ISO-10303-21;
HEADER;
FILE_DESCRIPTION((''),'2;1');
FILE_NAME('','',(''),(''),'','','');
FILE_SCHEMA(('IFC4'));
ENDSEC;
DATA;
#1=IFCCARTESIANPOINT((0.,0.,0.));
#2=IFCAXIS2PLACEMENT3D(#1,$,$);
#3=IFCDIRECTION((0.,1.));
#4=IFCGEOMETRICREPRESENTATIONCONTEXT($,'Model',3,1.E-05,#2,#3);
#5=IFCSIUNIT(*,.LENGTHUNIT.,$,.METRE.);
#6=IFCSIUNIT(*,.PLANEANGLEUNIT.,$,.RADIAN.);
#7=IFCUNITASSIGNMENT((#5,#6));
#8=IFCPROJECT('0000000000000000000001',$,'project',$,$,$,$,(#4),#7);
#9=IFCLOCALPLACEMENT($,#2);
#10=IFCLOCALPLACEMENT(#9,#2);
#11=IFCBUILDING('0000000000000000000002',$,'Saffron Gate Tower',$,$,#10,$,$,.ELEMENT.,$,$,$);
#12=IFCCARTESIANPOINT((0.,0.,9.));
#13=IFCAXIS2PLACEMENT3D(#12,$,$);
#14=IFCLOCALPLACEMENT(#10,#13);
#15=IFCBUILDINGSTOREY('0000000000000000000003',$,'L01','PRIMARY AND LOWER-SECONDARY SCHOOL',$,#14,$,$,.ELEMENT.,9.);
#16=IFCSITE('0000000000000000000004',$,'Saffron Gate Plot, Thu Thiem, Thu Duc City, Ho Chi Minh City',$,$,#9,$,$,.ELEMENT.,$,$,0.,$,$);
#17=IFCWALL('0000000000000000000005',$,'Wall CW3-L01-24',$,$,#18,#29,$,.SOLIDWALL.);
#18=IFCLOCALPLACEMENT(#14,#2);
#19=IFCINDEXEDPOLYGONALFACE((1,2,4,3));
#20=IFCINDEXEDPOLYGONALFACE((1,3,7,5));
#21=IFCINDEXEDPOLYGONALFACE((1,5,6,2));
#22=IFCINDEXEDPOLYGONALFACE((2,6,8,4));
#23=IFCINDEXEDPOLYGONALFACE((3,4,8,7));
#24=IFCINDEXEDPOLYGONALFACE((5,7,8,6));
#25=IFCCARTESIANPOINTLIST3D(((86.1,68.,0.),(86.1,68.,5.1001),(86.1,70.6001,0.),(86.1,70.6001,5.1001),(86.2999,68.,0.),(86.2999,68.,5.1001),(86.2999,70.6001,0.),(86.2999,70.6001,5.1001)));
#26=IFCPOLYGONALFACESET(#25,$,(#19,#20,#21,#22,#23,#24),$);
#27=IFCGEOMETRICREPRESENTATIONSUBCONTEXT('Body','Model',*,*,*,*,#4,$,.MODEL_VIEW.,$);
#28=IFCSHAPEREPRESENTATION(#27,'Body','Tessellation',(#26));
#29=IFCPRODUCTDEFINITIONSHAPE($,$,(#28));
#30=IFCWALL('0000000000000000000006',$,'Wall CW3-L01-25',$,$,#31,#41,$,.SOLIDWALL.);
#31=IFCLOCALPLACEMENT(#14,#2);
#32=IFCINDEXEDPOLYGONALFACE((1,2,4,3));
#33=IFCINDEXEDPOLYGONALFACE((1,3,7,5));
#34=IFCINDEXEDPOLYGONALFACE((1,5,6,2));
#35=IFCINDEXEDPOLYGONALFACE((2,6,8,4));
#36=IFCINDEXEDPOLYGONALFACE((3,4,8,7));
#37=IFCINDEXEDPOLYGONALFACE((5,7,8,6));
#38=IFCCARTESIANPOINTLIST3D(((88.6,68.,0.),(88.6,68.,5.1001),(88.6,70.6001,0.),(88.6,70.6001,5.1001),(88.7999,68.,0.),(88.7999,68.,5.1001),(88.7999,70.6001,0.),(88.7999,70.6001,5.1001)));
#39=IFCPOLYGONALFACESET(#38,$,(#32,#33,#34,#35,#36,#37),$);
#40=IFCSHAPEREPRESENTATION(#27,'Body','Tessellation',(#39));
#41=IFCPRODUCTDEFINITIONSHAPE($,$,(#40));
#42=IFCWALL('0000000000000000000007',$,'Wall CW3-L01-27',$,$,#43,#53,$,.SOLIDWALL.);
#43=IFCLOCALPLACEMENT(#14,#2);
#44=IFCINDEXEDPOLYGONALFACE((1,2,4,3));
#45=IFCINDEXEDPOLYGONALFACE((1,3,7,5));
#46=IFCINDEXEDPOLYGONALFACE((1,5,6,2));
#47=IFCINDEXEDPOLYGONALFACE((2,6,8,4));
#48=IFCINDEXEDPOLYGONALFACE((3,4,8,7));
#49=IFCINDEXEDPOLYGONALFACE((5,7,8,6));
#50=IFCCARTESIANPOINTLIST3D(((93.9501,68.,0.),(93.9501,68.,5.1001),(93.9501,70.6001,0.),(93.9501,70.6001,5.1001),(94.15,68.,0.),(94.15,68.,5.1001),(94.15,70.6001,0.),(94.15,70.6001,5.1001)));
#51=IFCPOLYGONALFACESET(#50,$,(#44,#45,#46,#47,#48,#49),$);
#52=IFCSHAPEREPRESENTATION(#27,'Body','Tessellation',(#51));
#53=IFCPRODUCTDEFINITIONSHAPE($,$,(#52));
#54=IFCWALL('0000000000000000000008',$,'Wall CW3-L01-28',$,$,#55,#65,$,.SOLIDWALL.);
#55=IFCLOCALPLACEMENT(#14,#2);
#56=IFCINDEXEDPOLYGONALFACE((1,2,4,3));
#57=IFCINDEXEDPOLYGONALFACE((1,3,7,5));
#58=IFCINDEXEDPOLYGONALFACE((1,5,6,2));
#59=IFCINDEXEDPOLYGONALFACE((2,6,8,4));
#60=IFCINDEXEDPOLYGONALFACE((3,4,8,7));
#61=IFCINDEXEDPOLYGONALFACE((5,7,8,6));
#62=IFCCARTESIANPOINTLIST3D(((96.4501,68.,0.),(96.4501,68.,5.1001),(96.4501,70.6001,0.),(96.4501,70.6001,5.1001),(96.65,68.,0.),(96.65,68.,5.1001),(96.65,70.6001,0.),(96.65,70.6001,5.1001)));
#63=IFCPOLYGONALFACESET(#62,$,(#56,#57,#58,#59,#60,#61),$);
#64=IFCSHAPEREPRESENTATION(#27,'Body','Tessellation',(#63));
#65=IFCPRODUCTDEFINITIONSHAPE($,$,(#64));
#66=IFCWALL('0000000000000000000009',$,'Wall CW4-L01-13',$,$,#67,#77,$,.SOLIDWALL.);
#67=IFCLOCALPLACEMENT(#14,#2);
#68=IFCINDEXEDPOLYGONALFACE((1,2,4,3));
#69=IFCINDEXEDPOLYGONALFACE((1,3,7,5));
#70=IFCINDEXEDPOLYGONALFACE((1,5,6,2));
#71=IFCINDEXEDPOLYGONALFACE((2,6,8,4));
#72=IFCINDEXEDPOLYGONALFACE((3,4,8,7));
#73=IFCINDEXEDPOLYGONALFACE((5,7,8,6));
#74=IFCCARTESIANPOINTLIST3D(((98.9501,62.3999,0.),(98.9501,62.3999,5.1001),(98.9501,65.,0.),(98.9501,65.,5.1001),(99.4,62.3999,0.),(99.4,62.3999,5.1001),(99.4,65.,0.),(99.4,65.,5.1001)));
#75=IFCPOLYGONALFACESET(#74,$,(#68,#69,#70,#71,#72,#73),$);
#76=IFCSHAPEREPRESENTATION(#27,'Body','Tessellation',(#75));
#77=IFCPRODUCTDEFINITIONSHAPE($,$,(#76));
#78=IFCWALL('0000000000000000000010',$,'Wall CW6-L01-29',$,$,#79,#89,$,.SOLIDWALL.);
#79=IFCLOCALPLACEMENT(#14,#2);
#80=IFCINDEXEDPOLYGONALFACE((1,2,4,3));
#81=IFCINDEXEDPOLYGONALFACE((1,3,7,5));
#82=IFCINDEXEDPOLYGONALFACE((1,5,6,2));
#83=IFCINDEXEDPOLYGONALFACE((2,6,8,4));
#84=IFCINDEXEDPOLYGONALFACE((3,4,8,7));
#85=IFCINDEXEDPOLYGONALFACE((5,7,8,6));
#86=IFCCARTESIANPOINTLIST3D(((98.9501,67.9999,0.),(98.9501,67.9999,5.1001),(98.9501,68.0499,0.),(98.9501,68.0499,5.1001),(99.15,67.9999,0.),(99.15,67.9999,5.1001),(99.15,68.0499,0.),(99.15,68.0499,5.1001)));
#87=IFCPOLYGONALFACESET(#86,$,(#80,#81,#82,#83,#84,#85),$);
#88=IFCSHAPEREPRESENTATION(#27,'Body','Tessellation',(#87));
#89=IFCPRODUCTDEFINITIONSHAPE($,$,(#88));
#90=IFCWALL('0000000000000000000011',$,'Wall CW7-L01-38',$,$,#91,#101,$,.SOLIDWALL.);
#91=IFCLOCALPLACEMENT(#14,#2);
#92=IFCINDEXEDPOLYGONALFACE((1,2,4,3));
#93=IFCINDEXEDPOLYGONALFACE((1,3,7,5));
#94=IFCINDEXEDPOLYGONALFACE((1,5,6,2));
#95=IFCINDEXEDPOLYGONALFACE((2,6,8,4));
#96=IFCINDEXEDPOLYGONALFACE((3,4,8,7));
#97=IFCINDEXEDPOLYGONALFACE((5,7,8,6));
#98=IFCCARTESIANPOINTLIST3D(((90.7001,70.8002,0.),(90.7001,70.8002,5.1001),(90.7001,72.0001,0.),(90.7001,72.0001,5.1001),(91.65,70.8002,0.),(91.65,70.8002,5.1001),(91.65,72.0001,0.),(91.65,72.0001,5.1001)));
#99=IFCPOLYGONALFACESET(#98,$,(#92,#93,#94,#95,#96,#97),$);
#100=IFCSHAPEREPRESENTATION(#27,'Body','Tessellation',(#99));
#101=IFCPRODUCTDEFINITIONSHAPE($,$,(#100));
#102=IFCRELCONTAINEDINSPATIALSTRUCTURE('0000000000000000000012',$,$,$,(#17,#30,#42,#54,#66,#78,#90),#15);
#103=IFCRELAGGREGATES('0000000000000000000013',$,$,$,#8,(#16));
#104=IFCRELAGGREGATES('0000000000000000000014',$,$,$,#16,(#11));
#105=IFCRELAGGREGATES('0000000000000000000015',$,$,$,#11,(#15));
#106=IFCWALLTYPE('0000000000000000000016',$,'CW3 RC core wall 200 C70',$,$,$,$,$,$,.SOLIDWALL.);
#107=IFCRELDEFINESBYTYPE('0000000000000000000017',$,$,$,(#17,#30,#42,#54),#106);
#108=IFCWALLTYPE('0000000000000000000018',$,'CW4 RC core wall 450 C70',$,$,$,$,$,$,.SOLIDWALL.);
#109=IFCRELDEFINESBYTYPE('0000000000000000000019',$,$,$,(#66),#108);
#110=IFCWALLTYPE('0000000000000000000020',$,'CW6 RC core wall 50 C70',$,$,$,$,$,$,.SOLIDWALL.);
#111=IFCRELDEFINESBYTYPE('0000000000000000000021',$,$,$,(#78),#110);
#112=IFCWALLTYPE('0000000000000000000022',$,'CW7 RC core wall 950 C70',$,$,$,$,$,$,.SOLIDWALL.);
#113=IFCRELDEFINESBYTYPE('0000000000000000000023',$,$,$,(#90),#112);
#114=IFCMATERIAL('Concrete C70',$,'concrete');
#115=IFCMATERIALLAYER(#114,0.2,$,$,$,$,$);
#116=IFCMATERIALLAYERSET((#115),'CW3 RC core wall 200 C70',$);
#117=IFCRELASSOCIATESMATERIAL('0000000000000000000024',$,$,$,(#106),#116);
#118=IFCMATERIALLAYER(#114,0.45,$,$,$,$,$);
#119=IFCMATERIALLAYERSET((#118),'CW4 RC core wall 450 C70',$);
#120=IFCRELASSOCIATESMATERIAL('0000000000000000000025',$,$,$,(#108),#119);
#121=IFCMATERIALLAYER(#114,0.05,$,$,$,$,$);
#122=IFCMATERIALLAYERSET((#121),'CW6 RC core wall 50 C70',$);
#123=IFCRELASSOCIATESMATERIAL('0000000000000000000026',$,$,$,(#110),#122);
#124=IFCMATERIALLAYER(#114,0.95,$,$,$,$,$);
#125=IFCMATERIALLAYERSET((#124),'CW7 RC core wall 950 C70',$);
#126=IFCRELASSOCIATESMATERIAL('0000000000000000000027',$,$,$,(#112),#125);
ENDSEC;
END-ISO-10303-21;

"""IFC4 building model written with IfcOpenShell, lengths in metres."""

from ifc_helpers import new_model, si_unit, direction, frame, frame_2d, origin, place, context, subcontext, project, spatial, rectangle, extrude, material, layer, layer_set, type_object, element, save


model = new_model("IFC4")

# Units and contexts
model_context = context("Model", 3, precision=1e-05, world=origin(), true_north=direction((0.0, 1.0)))
body_context = subcontext(model_context, "Body", "Model", "MODEL_VIEW")
ifc_project = project(units=[si_unit("LENGTHUNIT", "METRE"), si_unit("PLANEANGLEUNIT", "RADIAN")], contexts=[model_context])

# Site, building, storey
site_placement = place(None, origin())
site = spatial("IfcSite", under=ifc_project, at=site_placement, Name="Saffron Gate Plot, Thu Thiem, Thu Duc City, Ho Chi Minh City", CompositionType="ELEMENT", RefElevation=0.0)
building_placement = place(site_placement, origin())
building = spatial("IfcBuilding", under=site, at=building_placement, Name="Saffron Gate Tower", CompositionType="ELEMENT")
storey_placement = place(building_placement, frame((0.0, 0.0, 9.0)))
storey = spatial("IfcBuildingStorey", under=building, at=storey_placement, Name="L01", Description="PRIMARY AND LOWER-SECONDARY SCHOOL", CompositionType="ELEMENT", Elevation=9.0)

# Shared definitions
ifc_material_1 = material(Name="Concrete C70", Category="concrete")

# Shared definitions
ifc_layer_1 = layer(ifc_material_1, 0.2)
ifc_layer_set_1 = layer_set([ifc_layer_1], Name="CW3 RC core wall 200 C70")
wall_type_1 = type_object("IfcWallType", Name="CW3 RC core wall 200 C70", PredefinedType="SOLIDWALL", material=ifc_layer_set_1)

# Walls
for number, where, z_axis, x_axis, name in (
    (1, (86.2, 68.0, 0.0), (0.0, 0.0, 1.0), (0.0, 1.0, 0.0), "Wall CW3-L01-24"),
    (2, (88.7, 68.0, 0.0), (0.0, 0.0, 1.0), (0.0, 1.0, 0.0), "Wall CW3-L01-25"),
    (3, (94.05, 68.0, 0.0), (0.0, 0.0, 1.0), (0.0, 1.0, 0.0), "Wall CW3-L01-27"),
    (4, (96.55, 68.0, 0.0), (0.0, 0.0, 1.0), (0.0, 1.0, 0.0), "Wall CW3-L01-28"),
):
    element("IfcWall", number, at=place(storey_placement, frame(where, z_axis=z_axis, x_axis=x_axis)), inside=storey, type_object=wall_type_1, Name=name, PredefinedType="SOLIDWALL", context=body_context, shape_type="SweptSolid", body=[
        extrude(rectangle(XDim=2.6001, YDim=0.2, at=frame_2d((1.3, 0.0))), origin(), (0.0, 0.0, 1.0), 5.1001),
    ])
ifc_layer_2 = layer(ifc_material_1, 0.45)
ifc_layer_set_2 = layer_set([ifc_layer_2], Name="CW4 RC core wall 450 C70")
wall_type_2 = type_object("IfcWallType", Name="CW4 RC core wall 450 C70", PredefinedType="SOLIDWALL", material=ifc_layer_set_2)
wall_1_placement = place(storey_placement, frame((99.175, 62.3999, 0.0), z_axis=(0.0, 0.0, 1.0), x_axis=(0.0, 1.0, 0.0)))
element("IfcWall", 5, at=wall_1_placement, inside=storey, type_object=wall_type_2, Name="Wall CW4-L01-13", PredefinedType="SOLIDWALL", context=body_context, shape_type="SweptSolid", body=[
    extrude(rectangle(XDim=2.6001, YDim=0.45, at=frame_2d((1.3, 0.0))), origin(), (0.0, 0.0, 1.0), 5.1001),
])
ifc_layer_3 = layer(ifc_material_1, 0.05)
ifc_layer_set_3 = layer_set([ifc_layer_3], Name="CW6 RC core wall 50 C70")
wall_type_3 = type_object("IfcWallType", Name="CW6 RC core wall 50 C70", PredefinedType="SOLIDWALL", material=ifc_layer_set_3)
wall_2_placement = place(storey_placement, frame((98.95, 68.0249, 0.0), z_axis=(0.0, 0.0, 1.0), x_axis=(1.0, 0.0, 0.0)))
element("IfcWall", 6, at=wall_2_placement, inside=storey, type_object=wall_type_3, Name="Wall CW6-L01-29", PredefinedType="SOLIDWALL", context=body_context, shape_type="SweptSolid", body=[
    extrude(rectangle(XDim=0.2, YDim=0.05, at=frame_2d((0.1001, 0.0))), origin(), (0.0, 0.0, 1.0), 5.1001),
])
ifc_layer_4 = layer(ifc_material_1, 0.95)
ifc_layer_set_4 = layer_set([ifc_layer_4], Name="CW7 RC core wall 950 C70")
wall_type_4 = type_object("IfcWallType", Name="CW7 RC core wall 950 C70", PredefinedType="SOLIDWALL", material=ifc_layer_set_4)
wall_3_placement = place(storey_placement, frame((91.175, 70.8, 0.0), z_axis=(0.0, 0.0, 1.0), x_axis=(0.0, 1.0, 0.0)))
element("IfcWall", 7, at=wall_3_placement, inside=storey, type_object=wall_type_4, Name="Wall CW7-L01-38", PredefinedType="SOLIDWALL", context=body_context, shape_type="SweptSolid", body=[
    extrude(rectangle(XDim=1.2, YDim=0.95, at=frame_2d((0.6001, 0.0))), origin(), (0.0, 0.0, 1.0), 5.1001),
])

save(model, "model.ifc")
